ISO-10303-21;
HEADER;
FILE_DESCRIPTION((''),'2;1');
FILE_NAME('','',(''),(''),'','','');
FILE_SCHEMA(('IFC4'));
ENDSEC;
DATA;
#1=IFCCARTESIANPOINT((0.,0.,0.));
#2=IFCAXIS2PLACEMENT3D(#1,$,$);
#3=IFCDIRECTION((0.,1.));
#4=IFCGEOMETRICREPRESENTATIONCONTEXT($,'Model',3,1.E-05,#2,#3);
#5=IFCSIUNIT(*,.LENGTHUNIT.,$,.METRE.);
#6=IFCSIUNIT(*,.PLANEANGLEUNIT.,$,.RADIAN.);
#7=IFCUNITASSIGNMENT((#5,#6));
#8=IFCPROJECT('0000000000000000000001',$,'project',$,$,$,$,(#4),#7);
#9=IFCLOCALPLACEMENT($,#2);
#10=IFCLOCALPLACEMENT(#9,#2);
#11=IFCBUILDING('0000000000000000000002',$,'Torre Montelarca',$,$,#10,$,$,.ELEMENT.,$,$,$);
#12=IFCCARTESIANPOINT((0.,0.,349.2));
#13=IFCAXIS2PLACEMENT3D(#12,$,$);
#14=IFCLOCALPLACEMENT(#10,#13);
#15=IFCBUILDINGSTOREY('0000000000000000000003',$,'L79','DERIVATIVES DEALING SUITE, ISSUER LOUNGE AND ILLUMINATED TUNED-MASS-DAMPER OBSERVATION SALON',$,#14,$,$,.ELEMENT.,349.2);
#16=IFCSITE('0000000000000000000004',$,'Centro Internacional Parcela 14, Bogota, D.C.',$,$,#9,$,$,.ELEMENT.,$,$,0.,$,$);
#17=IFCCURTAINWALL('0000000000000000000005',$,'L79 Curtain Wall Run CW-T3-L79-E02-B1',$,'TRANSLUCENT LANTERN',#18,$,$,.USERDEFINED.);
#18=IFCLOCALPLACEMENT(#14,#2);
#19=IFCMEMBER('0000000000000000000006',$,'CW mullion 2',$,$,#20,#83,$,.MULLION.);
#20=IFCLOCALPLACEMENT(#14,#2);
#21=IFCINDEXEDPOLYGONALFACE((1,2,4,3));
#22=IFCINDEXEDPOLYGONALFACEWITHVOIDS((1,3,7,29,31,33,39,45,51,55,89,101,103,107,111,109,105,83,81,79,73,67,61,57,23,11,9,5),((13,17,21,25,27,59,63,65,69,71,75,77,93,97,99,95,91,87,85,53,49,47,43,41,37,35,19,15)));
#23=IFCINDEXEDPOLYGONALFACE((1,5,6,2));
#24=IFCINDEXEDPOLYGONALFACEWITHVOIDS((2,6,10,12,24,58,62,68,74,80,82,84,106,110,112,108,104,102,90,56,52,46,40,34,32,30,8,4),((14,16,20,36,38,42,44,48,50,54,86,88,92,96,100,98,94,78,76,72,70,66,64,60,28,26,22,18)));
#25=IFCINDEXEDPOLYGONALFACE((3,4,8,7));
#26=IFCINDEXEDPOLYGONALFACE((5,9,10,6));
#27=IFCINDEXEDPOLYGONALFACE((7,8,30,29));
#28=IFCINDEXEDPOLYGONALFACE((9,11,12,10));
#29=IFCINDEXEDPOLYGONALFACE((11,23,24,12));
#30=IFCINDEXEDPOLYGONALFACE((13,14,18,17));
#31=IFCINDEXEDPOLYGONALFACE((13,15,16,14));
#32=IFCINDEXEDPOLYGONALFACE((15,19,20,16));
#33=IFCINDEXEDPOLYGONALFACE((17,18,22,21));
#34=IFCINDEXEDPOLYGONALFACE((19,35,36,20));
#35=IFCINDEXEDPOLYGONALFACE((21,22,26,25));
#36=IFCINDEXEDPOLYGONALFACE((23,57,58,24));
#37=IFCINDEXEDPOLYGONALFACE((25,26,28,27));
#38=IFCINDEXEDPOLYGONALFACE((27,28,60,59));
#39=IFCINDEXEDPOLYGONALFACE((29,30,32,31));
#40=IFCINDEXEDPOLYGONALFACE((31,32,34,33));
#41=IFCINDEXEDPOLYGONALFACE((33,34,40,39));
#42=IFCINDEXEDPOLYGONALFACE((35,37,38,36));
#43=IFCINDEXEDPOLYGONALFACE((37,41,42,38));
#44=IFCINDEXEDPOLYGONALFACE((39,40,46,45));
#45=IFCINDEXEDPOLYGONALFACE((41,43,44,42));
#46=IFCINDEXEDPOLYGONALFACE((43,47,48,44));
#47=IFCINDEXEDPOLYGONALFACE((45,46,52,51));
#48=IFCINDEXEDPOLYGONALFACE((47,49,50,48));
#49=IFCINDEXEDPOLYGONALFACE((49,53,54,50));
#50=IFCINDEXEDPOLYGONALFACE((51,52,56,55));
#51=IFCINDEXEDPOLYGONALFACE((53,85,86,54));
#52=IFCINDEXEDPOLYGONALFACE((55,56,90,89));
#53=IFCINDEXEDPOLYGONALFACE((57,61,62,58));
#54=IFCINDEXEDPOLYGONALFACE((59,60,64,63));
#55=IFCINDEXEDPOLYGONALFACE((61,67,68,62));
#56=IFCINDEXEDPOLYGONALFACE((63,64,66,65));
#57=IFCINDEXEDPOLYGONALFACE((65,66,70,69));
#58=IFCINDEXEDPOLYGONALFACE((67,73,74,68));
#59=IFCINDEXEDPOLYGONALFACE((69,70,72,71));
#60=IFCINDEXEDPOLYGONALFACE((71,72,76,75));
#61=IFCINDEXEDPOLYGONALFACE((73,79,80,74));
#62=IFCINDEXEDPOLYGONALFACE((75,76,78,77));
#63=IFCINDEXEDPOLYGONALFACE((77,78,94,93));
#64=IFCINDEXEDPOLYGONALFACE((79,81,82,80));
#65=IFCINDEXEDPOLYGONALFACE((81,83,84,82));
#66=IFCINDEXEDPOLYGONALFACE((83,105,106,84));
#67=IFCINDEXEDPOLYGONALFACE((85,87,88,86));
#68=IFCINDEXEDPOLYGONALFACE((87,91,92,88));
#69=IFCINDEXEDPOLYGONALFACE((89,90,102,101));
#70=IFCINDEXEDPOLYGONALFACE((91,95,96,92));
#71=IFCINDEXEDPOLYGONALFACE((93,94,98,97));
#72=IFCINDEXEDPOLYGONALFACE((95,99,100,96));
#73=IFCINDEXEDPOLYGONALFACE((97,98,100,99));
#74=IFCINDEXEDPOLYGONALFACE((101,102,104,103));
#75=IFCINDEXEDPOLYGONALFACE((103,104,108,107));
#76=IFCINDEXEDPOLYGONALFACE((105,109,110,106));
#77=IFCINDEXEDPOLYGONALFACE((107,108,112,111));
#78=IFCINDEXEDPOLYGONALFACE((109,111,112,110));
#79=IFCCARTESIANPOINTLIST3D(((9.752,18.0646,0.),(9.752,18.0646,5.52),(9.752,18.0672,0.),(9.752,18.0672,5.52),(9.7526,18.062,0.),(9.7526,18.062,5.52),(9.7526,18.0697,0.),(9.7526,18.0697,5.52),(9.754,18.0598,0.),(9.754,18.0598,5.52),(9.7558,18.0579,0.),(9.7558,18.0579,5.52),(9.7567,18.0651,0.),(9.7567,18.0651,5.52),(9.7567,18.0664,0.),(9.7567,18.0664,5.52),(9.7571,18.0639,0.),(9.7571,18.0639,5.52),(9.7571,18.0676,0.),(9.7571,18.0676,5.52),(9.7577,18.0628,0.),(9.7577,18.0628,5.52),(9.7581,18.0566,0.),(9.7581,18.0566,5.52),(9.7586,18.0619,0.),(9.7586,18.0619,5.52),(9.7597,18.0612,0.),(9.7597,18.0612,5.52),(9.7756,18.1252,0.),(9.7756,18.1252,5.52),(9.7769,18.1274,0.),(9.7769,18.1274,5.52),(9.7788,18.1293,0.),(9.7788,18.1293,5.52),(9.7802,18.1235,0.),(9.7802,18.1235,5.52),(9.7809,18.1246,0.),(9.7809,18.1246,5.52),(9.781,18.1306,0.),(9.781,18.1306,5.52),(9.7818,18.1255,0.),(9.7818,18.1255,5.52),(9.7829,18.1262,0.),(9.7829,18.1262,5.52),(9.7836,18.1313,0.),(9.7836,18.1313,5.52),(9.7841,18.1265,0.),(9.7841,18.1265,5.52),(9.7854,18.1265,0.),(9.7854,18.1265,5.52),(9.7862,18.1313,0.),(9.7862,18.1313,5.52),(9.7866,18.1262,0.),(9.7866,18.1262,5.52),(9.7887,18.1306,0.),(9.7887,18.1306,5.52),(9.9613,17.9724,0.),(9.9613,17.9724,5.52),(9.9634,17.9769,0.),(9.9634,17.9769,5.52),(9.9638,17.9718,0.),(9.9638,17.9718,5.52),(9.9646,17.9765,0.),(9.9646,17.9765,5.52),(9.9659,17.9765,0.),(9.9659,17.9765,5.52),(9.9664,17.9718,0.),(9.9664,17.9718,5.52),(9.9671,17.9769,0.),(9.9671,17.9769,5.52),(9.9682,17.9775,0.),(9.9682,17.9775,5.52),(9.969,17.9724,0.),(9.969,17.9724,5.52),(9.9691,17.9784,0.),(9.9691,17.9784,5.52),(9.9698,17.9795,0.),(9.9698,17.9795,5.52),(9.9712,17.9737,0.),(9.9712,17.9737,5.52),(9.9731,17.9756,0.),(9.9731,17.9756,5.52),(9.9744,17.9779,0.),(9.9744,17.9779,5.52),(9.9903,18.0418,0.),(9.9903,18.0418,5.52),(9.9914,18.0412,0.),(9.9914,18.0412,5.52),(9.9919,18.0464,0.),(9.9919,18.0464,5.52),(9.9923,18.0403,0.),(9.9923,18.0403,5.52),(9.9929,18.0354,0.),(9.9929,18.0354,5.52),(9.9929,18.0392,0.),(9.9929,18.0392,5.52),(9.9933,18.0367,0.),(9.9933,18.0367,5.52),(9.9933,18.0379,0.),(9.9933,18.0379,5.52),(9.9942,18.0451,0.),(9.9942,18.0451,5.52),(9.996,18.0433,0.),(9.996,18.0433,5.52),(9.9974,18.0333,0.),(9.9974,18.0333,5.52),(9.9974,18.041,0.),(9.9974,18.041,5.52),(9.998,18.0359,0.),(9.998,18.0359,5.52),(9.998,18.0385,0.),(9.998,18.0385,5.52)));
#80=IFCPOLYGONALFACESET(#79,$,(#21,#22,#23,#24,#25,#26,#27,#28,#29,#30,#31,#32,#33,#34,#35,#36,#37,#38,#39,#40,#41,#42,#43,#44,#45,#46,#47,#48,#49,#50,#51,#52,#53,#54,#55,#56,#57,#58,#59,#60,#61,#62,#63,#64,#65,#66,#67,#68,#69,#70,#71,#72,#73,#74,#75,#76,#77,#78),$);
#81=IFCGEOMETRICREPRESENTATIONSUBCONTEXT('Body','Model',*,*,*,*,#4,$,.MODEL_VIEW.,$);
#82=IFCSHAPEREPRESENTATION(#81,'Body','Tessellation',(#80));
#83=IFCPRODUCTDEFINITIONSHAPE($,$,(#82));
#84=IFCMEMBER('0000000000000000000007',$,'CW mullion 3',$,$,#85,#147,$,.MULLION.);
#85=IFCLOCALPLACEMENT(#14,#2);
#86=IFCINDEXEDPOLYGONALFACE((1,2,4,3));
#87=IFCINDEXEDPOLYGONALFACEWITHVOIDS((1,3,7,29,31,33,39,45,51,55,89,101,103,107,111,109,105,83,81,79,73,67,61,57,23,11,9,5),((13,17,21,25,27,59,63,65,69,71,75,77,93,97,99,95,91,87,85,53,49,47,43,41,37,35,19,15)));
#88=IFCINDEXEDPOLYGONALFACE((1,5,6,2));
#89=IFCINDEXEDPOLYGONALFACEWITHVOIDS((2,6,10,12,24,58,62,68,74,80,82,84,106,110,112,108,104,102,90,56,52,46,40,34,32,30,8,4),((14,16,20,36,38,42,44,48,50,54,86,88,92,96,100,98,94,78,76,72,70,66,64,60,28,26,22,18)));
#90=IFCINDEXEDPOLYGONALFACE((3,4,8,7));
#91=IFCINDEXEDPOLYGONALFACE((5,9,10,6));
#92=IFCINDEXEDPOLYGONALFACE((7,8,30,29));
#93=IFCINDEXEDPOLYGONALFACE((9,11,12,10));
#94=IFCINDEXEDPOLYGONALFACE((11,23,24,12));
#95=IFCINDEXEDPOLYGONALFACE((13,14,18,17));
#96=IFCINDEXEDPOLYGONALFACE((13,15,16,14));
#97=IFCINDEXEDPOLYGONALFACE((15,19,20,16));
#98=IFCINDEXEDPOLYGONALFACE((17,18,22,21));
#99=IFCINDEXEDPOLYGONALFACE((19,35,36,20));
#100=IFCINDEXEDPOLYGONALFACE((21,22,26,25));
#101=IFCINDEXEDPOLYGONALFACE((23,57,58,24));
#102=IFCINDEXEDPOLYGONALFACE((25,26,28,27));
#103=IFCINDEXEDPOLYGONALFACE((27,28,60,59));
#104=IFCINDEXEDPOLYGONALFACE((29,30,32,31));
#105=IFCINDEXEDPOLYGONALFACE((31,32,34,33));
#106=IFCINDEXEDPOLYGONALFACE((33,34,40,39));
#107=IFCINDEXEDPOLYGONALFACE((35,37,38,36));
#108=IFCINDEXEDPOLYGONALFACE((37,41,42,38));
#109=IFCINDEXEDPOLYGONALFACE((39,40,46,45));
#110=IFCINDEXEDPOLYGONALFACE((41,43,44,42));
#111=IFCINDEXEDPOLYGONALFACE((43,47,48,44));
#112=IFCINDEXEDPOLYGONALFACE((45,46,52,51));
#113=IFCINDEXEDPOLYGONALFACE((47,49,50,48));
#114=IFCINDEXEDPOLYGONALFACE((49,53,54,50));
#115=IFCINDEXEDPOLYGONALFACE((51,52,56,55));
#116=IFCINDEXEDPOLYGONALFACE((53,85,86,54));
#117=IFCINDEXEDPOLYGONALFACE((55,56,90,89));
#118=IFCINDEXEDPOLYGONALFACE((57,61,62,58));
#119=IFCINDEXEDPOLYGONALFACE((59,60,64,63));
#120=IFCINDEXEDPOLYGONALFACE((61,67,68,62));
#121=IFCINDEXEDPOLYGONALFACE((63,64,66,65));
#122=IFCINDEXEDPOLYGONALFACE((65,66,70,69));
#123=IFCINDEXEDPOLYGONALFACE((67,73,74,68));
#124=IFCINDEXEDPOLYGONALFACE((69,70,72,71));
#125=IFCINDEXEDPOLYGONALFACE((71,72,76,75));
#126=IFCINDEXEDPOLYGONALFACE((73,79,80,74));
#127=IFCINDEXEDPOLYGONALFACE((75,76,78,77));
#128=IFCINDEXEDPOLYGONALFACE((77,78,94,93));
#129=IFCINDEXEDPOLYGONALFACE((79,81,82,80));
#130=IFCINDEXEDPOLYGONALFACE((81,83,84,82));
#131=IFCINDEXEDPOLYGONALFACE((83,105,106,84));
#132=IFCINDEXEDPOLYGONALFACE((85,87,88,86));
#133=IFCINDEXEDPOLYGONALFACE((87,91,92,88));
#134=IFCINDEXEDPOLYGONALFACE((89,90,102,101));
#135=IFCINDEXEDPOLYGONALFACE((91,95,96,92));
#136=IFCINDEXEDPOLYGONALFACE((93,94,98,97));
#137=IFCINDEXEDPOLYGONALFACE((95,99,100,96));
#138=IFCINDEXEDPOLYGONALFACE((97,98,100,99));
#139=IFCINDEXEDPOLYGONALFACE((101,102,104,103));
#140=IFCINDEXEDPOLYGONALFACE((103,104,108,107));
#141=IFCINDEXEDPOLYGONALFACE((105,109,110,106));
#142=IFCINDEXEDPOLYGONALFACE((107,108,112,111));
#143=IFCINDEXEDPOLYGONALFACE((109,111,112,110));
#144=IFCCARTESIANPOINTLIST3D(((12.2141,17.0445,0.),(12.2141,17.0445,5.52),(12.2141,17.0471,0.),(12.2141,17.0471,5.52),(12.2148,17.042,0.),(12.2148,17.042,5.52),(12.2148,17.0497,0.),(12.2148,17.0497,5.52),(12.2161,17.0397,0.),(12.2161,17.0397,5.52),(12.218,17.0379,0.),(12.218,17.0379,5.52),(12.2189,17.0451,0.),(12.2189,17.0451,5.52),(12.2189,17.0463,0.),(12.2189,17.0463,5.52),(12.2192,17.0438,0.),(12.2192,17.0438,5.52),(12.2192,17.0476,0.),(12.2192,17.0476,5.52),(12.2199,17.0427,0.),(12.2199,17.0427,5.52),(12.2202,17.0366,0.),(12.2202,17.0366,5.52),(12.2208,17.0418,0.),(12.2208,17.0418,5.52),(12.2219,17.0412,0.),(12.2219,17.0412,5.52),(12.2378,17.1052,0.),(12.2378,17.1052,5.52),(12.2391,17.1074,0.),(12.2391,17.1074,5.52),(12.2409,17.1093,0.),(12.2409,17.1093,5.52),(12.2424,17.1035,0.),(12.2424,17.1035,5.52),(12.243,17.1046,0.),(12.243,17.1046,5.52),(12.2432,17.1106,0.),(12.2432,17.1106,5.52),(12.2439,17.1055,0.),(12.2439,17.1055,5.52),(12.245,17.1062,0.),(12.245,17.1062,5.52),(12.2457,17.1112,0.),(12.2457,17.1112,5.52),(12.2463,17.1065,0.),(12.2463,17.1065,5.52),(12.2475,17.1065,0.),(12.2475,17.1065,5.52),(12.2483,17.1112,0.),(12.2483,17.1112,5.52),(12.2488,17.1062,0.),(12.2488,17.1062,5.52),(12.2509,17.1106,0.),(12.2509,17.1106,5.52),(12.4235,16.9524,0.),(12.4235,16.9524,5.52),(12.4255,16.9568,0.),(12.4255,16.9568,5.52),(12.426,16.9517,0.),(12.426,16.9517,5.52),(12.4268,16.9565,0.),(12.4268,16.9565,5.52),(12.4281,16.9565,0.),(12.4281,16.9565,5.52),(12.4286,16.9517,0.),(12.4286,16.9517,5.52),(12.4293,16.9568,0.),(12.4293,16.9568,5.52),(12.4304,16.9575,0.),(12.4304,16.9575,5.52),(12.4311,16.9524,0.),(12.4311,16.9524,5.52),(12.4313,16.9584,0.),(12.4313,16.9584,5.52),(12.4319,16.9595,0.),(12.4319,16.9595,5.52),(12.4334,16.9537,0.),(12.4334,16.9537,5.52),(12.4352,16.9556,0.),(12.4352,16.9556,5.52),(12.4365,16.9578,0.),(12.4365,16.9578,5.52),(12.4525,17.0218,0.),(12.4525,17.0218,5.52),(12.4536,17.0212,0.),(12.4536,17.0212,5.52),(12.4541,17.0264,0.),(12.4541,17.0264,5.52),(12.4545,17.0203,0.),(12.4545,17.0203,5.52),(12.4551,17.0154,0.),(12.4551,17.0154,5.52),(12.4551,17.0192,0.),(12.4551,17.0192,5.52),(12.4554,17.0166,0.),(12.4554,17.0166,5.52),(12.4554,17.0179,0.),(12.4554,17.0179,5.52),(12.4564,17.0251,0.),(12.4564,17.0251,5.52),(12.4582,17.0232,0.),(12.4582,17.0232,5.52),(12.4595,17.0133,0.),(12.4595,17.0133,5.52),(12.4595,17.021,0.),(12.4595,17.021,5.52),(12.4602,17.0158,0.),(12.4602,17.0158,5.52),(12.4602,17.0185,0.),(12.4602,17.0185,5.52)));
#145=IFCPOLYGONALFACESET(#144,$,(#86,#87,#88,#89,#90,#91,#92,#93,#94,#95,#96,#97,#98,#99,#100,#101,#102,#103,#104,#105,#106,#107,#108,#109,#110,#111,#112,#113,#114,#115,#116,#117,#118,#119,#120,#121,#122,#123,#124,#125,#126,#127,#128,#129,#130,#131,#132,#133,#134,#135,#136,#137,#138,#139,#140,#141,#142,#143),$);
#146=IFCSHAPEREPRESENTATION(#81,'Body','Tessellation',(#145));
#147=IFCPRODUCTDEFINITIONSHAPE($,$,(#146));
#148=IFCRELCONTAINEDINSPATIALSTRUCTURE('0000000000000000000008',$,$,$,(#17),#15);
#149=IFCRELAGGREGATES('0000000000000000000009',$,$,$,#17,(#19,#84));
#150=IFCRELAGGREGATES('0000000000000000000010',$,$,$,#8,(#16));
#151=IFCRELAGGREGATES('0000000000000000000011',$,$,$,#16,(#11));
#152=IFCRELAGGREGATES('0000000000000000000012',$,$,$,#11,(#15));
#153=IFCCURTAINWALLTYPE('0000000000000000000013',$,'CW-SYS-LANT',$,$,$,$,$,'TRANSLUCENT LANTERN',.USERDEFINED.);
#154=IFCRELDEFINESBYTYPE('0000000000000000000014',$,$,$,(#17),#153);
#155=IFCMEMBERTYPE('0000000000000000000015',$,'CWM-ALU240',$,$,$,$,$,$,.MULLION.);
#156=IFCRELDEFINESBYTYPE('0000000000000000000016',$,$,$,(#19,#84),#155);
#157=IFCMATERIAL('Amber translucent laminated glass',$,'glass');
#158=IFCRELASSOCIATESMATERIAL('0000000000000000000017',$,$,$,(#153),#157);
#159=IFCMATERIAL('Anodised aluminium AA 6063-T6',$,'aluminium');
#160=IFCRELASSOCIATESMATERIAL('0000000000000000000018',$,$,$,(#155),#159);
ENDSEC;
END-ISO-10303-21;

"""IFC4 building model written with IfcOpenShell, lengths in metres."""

from ifc_helpers import new_model, si_unit, direction, frame, origin, origin_2d, place, context, subcontext, project, spatial, hollow_rectangle, extrude, source, transform, mapped, material, material_profile, profile_set, type_object, element, aggregate, save


model = new_model("IFC4")

# Units and contexts
model_context = context("Model", 3, precision=1e-05, world=origin(), true_north=direction((0.0, 1.0)))
body_context = subcontext(model_context, "Body", "Model", "MODEL_VIEW")
ifc_project = project(units=[si_unit("LENGTHUNIT", "METRE"), si_unit("PLANEANGLEUNIT", "RADIAN")], contexts=[model_context])

# Site, building, storey
site_placement = place(None, origin())
site = spatial("IfcSite", under=ifc_project, at=site_placement, Name="Centro Internacional Parcela 14, Bogota, D.C.", CompositionType="ELEMENT", RefElevation=0.0)
building_placement = place(site_placement, origin())
building = spatial("IfcBuilding", under=site, at=building_placement, Name="Torre Montelarca", CompositionType="ELEMENT")
storey_placement = place(building_placement, frame((0.0, 0.0, 349.2)))
storey = spatial("IfcBuildingStorey", under=building, at=storey_placement, Name="L79", Description="DERIVATIVES DEALING SUITE, ISSUER LOUNGE AND ILLUMINATED TUNED-MASS-DAMPER OBSERVATION SALON", CompositionType="ELEMENT", Elevation=349.2)

# Curtain wall, members
ifc_material_1 = material(Name="Amber translucent laminated glass", Category="glass")
curtain_wall_type = type_object("IfcCurtainWallType", Name="CW-SYS-LANT", ElementType="TRANSLUCENT LANTERN", PredefinedType="USERDEFINED", material=ifc_material_1)
curtain_wall_1_placement = place(storey_placement, origin())
curtain_wall_1 = element("IfcCurtainWall", 1, at=curtain_wall_1_placement, inside=storey, type_object=curtain_wall_type, Name="L79 Curtain Wall Run CW-T3-L79-E02-B1", ObjectType="TRANSLUCENT LANTERN", PredefinedType="USERDEFINED")
ifc_material_2 = material(Name="Anodised aluminium AA 6063-T6", Category="aluminium")
ifc_material_profile_1 = material_profile(ifc_material_2, hollow_rectangle(XDim=0.0801, YDim=0.24, WallThickness=0.0049, InnerFilletRadius=0.0049, OuterFilletRadius=0.01, at=origin_2d()), Name="ALU80X240X5", Category="aluminium")
ifc_profile_set_1 = profile_set([ifc_material_profile_1], Name="Anodised aluminium AA 6063-T6")
member_type_1 = type_object("IfcMemberType", Name="CWM-ALU240", PredefinedType="MULLION", material=ifc_profile_set_1)
shared_shape_1 = source(origin(), body_context, "Body", "SweptSolid", [
    extrude(hollow_rectangle(XDim=0.0801, YDim=0.24, WallThickness=0.0049, InnerFilletRadius=0.0049, OuterFilletRadius=0.01, at=origin_2d()), origin(), (0.0, 0.0, 1.0), 5.52),
])
member_1_placement = place(storey_placement, frame((9.875, 18.0515, 0.0), z_axis=(0.0, 0.0, 1.0), x_axis=(0.382664, 0.923888, 0.0)))
member_1 = element("IfcMember", 2, at=member_1_placement, type_object=member_type_1, Name="CW mullion 2", PredefinedType="MULLION", context=body_context, shape_type="MappedRepresentation", body=[
    mapped(shared_shape_1, transform((0.0, 0.0, 0.0), scale=1.0)),
])
member_2_placement = place(storey_placement, frame((12.3372, 17.0315, 0.0), z_axis=(0.0, 0.0, 1.0), x_axis=(0.382664, 0.923888, 0.0)))
member_2 = element("IfcMember", 3, at=member_2_placement, type_object=member_type_1, Name="CW mullion 3", PredefinedType="MULLION", context=body_context, shape_type="MappedRepresentation", body=[
    mapped(shared_shape_1, transform((0.0, 0.0, 0.0), scale=1.0)),
])

aggregate(curtain_wall_1, [member_1, member_2])

save(model, "model.ifc")
